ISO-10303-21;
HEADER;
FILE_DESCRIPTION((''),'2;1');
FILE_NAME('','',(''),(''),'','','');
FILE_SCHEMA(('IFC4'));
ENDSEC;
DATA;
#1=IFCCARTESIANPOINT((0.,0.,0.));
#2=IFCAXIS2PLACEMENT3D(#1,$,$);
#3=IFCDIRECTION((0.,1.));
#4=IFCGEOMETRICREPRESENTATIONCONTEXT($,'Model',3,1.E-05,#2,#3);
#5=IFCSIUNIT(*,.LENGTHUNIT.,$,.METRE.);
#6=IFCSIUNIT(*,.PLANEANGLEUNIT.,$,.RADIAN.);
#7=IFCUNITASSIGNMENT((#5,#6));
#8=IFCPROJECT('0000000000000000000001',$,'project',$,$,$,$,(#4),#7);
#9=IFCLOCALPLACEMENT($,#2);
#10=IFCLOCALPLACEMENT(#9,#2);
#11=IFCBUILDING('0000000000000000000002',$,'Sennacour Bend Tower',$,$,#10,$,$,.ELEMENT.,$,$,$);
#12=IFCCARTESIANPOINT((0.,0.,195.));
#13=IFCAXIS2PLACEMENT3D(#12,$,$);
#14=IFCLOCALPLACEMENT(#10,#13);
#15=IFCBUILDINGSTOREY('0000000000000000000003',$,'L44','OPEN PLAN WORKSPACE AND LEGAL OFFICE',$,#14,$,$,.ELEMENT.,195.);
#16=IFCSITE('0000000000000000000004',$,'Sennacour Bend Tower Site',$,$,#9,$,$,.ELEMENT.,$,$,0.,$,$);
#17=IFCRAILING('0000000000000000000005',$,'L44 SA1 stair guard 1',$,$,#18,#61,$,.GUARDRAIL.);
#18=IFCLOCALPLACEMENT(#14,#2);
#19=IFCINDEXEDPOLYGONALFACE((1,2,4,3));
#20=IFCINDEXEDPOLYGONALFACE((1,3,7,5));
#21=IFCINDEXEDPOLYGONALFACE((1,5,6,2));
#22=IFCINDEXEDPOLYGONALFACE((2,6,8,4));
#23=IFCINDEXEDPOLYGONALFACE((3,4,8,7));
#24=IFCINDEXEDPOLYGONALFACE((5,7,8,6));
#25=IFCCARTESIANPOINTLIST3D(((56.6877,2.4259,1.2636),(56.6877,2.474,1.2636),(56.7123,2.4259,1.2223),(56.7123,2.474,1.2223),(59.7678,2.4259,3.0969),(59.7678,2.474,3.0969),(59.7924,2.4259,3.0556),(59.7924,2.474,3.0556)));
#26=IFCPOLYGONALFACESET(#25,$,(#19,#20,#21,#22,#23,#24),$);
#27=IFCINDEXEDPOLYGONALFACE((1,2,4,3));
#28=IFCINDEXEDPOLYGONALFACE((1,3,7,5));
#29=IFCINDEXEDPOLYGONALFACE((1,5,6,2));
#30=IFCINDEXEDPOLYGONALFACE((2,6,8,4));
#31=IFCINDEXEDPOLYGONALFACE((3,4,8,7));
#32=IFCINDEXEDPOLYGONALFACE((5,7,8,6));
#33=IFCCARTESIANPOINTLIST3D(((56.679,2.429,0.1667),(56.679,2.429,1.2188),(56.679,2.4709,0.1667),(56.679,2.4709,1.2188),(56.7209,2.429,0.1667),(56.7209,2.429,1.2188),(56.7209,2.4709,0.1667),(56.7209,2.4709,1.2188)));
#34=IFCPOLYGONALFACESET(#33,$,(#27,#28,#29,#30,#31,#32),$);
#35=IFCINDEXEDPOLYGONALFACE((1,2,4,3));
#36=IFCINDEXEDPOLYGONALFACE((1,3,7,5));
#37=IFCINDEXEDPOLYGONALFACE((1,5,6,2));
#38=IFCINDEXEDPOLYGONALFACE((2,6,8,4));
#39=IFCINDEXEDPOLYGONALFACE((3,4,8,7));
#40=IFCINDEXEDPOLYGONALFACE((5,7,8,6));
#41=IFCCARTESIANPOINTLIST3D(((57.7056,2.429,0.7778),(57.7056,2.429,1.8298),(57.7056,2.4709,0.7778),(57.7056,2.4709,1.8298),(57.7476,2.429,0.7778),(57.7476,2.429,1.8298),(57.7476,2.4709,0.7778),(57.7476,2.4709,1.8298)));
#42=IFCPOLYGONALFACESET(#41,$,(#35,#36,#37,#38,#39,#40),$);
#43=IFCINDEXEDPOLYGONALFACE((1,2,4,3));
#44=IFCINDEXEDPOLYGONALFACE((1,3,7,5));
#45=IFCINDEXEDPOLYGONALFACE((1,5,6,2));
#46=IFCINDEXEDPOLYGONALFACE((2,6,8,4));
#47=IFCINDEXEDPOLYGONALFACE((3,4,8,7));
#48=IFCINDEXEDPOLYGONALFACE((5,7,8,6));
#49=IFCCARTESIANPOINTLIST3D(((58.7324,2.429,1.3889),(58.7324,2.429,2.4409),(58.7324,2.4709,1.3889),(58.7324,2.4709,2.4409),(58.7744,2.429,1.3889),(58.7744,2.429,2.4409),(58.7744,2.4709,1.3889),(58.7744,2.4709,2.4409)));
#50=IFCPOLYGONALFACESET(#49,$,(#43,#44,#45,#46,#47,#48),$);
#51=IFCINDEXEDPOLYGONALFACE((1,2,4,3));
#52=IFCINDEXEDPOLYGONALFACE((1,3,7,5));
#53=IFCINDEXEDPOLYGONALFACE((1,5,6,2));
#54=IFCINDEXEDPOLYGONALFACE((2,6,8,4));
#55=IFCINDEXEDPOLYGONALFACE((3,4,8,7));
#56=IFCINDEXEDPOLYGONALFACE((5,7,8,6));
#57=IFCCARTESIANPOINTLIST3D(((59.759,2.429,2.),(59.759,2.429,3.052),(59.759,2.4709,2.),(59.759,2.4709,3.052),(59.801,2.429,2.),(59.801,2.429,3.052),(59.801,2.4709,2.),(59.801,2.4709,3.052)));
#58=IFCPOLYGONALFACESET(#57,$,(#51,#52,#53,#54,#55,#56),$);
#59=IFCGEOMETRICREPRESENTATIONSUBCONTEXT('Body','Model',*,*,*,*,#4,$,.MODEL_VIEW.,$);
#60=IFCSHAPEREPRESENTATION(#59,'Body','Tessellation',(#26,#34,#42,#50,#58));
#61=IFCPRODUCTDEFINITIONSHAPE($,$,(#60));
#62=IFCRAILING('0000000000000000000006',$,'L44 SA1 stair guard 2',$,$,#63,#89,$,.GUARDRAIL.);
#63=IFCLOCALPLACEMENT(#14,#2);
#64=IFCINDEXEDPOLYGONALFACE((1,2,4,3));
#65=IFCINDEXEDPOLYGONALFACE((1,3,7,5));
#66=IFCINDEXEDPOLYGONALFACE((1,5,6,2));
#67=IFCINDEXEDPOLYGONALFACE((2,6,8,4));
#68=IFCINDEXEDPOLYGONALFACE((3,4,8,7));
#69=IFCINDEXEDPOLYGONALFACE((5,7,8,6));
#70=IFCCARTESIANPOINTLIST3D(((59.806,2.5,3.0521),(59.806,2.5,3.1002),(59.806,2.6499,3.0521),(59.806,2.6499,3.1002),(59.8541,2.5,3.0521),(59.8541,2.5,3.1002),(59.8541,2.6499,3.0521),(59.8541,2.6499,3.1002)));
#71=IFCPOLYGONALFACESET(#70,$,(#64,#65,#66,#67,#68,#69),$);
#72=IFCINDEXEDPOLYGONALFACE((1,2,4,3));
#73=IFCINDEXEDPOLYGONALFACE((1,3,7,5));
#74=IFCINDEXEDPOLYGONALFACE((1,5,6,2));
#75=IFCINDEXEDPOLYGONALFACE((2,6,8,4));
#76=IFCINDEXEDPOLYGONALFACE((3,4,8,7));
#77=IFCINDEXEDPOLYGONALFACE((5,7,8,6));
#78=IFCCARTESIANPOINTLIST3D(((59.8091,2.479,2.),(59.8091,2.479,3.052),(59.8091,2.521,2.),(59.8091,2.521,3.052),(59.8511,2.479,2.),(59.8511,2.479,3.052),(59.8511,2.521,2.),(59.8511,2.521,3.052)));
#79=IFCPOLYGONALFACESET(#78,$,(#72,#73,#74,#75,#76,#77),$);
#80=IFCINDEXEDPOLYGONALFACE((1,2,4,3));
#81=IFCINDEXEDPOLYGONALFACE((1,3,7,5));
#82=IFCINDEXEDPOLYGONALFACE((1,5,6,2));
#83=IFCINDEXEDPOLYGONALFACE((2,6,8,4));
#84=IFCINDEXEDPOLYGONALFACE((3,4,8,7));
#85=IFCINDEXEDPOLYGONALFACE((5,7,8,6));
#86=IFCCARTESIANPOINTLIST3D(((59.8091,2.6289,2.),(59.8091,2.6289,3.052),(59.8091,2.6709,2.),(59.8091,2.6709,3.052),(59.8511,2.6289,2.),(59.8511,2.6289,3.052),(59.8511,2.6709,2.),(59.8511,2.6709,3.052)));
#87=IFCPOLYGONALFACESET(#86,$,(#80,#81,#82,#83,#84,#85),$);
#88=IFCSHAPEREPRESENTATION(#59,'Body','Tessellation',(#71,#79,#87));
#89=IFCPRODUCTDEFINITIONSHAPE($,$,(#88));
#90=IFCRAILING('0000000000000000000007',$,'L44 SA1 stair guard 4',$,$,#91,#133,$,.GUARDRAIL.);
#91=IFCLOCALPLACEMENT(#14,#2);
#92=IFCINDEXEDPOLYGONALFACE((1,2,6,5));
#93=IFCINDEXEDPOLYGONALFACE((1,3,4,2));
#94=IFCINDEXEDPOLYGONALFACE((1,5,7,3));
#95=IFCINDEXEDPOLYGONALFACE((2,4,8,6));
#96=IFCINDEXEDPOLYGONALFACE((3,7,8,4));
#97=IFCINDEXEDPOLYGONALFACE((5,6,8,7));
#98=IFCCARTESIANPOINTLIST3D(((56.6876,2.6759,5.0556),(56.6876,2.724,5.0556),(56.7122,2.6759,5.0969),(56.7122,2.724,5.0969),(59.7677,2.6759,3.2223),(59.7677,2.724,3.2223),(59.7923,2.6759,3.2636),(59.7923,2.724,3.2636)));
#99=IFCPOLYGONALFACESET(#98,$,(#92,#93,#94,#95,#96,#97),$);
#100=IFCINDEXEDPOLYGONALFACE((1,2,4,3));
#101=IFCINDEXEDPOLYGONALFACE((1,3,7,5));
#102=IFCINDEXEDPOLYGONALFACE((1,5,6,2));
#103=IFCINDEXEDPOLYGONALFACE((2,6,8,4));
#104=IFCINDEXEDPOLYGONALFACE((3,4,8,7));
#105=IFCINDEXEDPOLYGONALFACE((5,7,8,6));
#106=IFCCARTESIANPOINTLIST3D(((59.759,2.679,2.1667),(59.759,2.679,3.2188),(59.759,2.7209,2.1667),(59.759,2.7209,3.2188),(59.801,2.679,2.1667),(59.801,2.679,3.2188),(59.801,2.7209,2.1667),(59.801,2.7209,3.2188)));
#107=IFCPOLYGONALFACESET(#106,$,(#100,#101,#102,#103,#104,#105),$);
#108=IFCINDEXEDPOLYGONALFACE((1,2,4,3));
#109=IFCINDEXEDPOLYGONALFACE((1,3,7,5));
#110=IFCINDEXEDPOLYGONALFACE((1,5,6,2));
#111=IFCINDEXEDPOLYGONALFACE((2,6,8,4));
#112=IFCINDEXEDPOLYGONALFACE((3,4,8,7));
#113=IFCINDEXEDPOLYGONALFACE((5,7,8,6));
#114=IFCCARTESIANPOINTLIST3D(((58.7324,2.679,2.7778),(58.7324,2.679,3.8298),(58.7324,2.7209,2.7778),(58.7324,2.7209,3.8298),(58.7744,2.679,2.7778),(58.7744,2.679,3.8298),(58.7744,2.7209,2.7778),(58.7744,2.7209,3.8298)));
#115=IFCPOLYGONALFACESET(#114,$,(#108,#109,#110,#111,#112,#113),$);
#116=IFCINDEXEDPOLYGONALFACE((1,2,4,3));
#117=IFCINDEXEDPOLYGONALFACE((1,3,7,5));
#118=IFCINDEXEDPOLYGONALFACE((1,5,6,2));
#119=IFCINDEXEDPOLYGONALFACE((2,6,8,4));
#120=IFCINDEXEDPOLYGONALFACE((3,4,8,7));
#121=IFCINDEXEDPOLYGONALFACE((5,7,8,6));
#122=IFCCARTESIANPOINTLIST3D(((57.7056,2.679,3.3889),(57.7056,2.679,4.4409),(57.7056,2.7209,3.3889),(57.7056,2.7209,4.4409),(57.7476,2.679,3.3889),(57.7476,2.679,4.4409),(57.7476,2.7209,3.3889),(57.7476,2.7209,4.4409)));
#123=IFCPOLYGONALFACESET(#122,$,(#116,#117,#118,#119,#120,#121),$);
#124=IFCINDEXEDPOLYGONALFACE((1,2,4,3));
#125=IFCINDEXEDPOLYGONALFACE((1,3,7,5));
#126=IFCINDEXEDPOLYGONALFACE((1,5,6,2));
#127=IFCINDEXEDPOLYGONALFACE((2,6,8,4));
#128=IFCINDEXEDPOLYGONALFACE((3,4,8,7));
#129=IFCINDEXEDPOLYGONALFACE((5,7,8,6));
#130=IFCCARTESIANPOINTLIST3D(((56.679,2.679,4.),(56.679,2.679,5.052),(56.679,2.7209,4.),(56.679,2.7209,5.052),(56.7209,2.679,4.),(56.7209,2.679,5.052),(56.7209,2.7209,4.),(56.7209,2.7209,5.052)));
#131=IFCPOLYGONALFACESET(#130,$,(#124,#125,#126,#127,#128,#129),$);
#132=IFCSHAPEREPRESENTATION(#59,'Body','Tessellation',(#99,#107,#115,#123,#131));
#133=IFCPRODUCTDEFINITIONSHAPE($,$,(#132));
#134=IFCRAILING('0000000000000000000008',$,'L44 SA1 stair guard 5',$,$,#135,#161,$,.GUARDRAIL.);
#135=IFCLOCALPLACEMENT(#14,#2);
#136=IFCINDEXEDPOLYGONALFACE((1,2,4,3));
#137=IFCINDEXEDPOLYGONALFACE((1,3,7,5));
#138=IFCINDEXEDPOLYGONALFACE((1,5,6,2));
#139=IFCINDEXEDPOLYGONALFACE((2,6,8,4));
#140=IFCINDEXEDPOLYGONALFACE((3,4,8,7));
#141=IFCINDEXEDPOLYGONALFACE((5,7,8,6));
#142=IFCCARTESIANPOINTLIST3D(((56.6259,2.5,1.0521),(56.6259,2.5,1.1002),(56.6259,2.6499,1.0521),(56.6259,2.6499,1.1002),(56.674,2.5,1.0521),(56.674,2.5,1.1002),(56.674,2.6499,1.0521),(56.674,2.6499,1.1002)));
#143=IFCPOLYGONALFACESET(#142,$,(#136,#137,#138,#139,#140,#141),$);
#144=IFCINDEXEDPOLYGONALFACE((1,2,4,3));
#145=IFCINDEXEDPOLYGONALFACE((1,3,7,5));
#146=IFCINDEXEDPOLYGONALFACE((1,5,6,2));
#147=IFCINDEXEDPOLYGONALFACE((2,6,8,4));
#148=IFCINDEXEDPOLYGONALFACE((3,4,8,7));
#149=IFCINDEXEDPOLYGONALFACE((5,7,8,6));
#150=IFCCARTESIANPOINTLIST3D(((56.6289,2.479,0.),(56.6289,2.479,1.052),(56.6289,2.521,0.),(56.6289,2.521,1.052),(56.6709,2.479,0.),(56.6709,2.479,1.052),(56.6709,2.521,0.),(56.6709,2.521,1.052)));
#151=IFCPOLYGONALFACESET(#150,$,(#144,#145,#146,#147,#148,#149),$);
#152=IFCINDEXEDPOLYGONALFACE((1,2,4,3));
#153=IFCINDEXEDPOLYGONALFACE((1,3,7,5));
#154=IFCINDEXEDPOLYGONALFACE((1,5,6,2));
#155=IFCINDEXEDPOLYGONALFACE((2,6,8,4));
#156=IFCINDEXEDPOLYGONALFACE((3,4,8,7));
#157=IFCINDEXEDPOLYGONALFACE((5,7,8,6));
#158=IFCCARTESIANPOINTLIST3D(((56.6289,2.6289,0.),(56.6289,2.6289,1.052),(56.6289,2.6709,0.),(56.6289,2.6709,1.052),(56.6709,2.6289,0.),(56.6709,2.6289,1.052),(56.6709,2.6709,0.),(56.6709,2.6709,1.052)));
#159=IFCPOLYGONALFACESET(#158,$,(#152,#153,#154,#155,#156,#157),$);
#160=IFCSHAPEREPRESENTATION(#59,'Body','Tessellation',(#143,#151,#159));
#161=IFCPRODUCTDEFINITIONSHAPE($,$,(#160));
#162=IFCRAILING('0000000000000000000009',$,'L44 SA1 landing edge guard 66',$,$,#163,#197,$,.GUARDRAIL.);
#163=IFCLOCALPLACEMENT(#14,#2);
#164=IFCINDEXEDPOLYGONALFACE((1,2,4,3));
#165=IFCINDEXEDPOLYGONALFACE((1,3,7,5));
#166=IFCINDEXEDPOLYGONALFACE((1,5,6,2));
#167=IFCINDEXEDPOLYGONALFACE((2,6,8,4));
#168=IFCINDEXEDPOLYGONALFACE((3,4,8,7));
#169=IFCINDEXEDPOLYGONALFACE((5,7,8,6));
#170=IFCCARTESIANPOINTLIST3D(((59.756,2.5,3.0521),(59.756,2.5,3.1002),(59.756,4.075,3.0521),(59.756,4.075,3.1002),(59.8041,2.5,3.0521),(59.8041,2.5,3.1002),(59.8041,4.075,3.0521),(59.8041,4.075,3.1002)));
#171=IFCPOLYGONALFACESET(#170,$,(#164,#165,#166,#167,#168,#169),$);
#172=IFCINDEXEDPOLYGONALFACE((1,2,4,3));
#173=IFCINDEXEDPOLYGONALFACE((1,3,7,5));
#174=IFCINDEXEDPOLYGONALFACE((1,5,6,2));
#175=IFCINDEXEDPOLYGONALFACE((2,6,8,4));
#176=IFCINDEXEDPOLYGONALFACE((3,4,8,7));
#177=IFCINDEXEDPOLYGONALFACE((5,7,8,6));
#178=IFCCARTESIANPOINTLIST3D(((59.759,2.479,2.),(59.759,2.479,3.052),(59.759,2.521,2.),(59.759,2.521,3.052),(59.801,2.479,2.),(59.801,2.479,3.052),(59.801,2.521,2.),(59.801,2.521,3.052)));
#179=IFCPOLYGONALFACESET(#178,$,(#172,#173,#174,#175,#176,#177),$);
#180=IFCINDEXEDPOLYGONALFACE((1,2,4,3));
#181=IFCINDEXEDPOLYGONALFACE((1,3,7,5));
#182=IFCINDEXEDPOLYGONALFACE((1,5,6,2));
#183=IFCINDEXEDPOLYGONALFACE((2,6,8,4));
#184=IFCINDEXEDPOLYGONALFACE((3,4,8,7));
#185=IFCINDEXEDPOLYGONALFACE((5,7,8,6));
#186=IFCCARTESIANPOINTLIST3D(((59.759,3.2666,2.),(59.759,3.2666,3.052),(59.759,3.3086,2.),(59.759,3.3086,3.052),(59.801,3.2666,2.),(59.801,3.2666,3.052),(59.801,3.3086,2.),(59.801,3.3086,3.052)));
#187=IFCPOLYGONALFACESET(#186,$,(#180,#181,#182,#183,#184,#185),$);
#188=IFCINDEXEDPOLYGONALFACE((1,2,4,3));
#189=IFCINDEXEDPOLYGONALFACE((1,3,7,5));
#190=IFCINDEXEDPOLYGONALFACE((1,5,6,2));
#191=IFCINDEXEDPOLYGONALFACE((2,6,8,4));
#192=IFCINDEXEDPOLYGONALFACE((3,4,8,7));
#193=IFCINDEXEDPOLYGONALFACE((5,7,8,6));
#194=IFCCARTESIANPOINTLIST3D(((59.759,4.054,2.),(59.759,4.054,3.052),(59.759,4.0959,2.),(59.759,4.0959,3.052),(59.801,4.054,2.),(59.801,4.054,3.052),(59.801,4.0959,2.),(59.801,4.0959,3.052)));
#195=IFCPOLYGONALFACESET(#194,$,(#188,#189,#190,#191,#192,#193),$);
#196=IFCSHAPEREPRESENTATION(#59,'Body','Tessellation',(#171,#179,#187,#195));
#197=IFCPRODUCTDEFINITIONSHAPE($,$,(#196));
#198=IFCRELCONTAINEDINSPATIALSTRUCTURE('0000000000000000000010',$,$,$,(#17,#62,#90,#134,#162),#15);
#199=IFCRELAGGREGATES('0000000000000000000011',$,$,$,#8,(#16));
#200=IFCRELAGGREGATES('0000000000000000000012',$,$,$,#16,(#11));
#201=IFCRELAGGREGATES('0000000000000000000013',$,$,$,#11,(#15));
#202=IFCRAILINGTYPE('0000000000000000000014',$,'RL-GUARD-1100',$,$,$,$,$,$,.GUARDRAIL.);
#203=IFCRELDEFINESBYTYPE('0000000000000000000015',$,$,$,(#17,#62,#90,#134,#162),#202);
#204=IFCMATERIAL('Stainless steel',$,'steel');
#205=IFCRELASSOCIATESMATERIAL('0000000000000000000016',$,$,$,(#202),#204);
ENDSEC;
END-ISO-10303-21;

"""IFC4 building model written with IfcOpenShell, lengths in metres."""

from ifc_helpers import new_model, si_unit, direction, frame, origin, origin_2d, place, context, subcontext, project, spatial, rectangle, extrude, material, type_object, element, save


model = new_model("IFC4")

# Units and contexts
model_context = context("Model", 3, precision=1e-05, world=origin(), true_north=direction((0.0, 1.0)))
body_context = subcontext(model_context, "Body", "Model", "MODEL_VIEW")
ifc_project = project(units=[si_unit("LENGTHUNIT", "METRE"), si_unit("PLANEANGLEUNIT", "RADIAN")], contexts=[model_context])

# Site, building, storey
site_placement = place(None, origin())
site = spatial("IfcSite", under=ifc_project, at=site_placement, Name="Sennacour Bend Tower Site", CompositionType="ELEMENT", RefElevation=0.0)
building_placement = place(site_placement, origin())
building = spatial("IfcBuilding", under=site, at=building_placement, Name="Sennacour Bend Tower", CompositionType="ELEMENT")
storey_placement = place(building_placement, frame((0.0, 0.0, 195.0)))
storey = spatial("IfcBuildingStorey", under=building, at=storey_placement, Name="L44", Description="OPEN PLAN WORKSPACE AND LEGAL OFFICE", CompositionType="ELEMENT", Elevation=195.0)

# Railings
ifc_material_1 = material(Name="Stainless steel", Category="steel")
railing_type_1 = type_object("IfcRailingType", Name="RL-GUARD-1100", PredefinedType="GUARDRAIL", material=ifc_material_1)
railing_1_placement = place(storey_placement, frame((56.7, 2.45, 0.1667)))
element("IfcRailing", 1, at=railing_1_placement, inside=storey, type_object=railing_type_1, Name="L44 SA1 stair guard 1", PredefinedType="GUARDRAIL", context=body_context, shape_type="SweptSolid", body=[
    extrude(rectangle(XDim=0.0481, YDim=0.0481, at=origin_2d()), frame((0.0, 0.0, 1.0762), z_axis=(0.859309, 0.0, 0.511458), x_axis=(0.0, 1.0, 0.0)), (0.0, 0.0, 1.0), 3.5845),
    extrude(rectangle(XDim=0.042, YDim=0.042, at=origin_2d()), origin(), (0.0, 0.0, 1.0), 1.052),
    extrude(rectangle(XDim=0.042, YDim=0.042, at=origin_2d()), frame((1.0266, 0.0, 0.6111)), (0.0, 0.0, 1.0), 1.052),
    extrude(rectangle(XDim=0.042, YDim=0.042, at=origin_2d()), frame((2.0535, 0.0, 1.2222)), (0.0, 0.0, 1.0), 1.052),
    extrude(rectangle(XDim=0.042, YDim=0.042, at=origin_2d()), frame((3.0801, 0.0, 1.8333)), (0.0, 0.0, 1.0), 1.052),
])
railing_2_placement = place(storey_placement, frame((59.8301, 2.5, 2.0)))
element("IfcRailing", 2, at=railing_2_placement, inside=storey, type_object=railing_type_1, Name="L44 SA1 stair guard 2", PredefinedType="GUARDRAIL", context=body_context, shape_type="SweptSolid", body=[
    extrude(rectangle(XDim=0.0481, YDim=0.0481, at=origin_2d()), frame((0.0, 0.0, 1.0762), z_axis=(0.0, 1.0, 0.0), x_axis=(-1.0, 0.0, 0.0)), (0.0, 0.0, 1.0), 0.1499),
    extrude(rectangle(XDim=0.042, YDim=0.042, at=origin_2d()), origin(), (0.0, 0.0, 1.0), 1.052),
    extrude(rectangle(XDim=0.042, YDim=0.042, at=origin_2d()), frame((0.0, 0.1499, 0.0)), (0.0, 0.0, 1.0), 1.052),
])
railing_3_placement = place(storey_placement, frame((59.78, 2.7, 2.1667)))
element("IfcRailing", 3, at=railing_3_placement, inside=storey, type_object=railing_type_1, Name="L44 SA1 stair guard 4", PredefinedType="GUARDRAIL", context=body_context, shape_type="SweptSolid", body=[
    extrude(rectangle(XDim=0.0481, YDim=0.0481, at=origin_2d()), frame((0.0, 0.0, 1.0762), z_axis=(-0.859309, 0.0, 0.511458), x_axis=(0.0, -1.0, 0.0)), (0.0, 0.0, 1.0), 3.5845),
    extrude(rectangle(XDim=0.042, YDim=0.042, at=origin_2d()), origin(), (0.0, 0.0, 1.0), 1.052),
    extrude(rectangle(XDim=0.042, YDim=0.042, at=origin_2d()), frame((-1.0266, 0.0, 0.6111)), (0.0, 0.0, 1.0), 1.052),
    extrude(rectangle(XDim=0.042, YDim=0.042, at=origin_2d()), frame((-2.0535, 0.0, 1.2222)), (0.0, 0.0, 1.0), 1.052),
    extrude(rectangle(XDim=0.042, YDim=0.042, at=origin_2d()), frame((-3.0801, 0.0, 1.8333)), (0.0, 0.0, 1.0), 1.052),
])
railing_4_placement = place(storey_placement, frame((56.6499, 2.5, 0.0)))
element("IfcRailing", 4, at=railing_4_placement, inside=storey, type_object=railing_type_1, Name="L44 SA1 stair guard 5", PredefinedType="GUARDRAIL", context=body_context, shape_type="SweptSolid", body=[
    extrude(rectangle(XDim=0.0481, YDim=0.0481, at=origin_2d()), frame((0.0, 0.0, 1.0762), z_axis=(0.0, 1.0, 0.0), x_axis=(-1.0, 0.0, 0.0)), (0.0, 0.0, 1.0), 0.1499),
    extrude(rectangle(XDim=0.042, YDim=0.042, at=origin_2d()), origin(), (0.0, 0.0, 1.0), 1.052),
    extrude(rectangle(XDim=0.042, YDim=0.042, at=origin_2d()), frame((0.0, 0.1499, 0.0)), (0.0, 0.0, 1.0), 1.052),
])
railing_5_placement = place(storey_placement, frame((59.78, 2.5, 2.0)))
element("IfcRailing", 5, at=railing_5_placement, inside=storey, type_object=railing_type_1, Name="L44 SA1 landing edge guard 66", PredefinedType="GUARDRAIL", context=body_context, shape_type="SweptSolid", body=[
    extrude(rectangle(XDim=0.0481, YDim=0.0481, at=origin_2d()), frame((0.0, 0.0, 1.0762), z_axis=(0.0, 1.0, 0.0), x_axis=(-1.0, 0.0, 0.0)), (0.0, 0.0, 1.0), 1.575),
    extrude(rectangle(XDim=0.042, YDim=0.042, at=origin_2d()), origin(), (0.0, 0.0, 1.0), 1.052),
    extrude(rectangle(XDim=0.042, YDim=0.042, at=origin_2d()), frame((0.0, 0.7876, 0.0)), (0.0, 0.0, 1.0), 1.052),
    extrude(rectangle(XDim=0.042, YDim=0.042, at=origin_2d()), frame((0.0, 1.575, 0.0)), (0.0, 0.0, 1.0), 1.052),
])

save(model, "model.ifc")
